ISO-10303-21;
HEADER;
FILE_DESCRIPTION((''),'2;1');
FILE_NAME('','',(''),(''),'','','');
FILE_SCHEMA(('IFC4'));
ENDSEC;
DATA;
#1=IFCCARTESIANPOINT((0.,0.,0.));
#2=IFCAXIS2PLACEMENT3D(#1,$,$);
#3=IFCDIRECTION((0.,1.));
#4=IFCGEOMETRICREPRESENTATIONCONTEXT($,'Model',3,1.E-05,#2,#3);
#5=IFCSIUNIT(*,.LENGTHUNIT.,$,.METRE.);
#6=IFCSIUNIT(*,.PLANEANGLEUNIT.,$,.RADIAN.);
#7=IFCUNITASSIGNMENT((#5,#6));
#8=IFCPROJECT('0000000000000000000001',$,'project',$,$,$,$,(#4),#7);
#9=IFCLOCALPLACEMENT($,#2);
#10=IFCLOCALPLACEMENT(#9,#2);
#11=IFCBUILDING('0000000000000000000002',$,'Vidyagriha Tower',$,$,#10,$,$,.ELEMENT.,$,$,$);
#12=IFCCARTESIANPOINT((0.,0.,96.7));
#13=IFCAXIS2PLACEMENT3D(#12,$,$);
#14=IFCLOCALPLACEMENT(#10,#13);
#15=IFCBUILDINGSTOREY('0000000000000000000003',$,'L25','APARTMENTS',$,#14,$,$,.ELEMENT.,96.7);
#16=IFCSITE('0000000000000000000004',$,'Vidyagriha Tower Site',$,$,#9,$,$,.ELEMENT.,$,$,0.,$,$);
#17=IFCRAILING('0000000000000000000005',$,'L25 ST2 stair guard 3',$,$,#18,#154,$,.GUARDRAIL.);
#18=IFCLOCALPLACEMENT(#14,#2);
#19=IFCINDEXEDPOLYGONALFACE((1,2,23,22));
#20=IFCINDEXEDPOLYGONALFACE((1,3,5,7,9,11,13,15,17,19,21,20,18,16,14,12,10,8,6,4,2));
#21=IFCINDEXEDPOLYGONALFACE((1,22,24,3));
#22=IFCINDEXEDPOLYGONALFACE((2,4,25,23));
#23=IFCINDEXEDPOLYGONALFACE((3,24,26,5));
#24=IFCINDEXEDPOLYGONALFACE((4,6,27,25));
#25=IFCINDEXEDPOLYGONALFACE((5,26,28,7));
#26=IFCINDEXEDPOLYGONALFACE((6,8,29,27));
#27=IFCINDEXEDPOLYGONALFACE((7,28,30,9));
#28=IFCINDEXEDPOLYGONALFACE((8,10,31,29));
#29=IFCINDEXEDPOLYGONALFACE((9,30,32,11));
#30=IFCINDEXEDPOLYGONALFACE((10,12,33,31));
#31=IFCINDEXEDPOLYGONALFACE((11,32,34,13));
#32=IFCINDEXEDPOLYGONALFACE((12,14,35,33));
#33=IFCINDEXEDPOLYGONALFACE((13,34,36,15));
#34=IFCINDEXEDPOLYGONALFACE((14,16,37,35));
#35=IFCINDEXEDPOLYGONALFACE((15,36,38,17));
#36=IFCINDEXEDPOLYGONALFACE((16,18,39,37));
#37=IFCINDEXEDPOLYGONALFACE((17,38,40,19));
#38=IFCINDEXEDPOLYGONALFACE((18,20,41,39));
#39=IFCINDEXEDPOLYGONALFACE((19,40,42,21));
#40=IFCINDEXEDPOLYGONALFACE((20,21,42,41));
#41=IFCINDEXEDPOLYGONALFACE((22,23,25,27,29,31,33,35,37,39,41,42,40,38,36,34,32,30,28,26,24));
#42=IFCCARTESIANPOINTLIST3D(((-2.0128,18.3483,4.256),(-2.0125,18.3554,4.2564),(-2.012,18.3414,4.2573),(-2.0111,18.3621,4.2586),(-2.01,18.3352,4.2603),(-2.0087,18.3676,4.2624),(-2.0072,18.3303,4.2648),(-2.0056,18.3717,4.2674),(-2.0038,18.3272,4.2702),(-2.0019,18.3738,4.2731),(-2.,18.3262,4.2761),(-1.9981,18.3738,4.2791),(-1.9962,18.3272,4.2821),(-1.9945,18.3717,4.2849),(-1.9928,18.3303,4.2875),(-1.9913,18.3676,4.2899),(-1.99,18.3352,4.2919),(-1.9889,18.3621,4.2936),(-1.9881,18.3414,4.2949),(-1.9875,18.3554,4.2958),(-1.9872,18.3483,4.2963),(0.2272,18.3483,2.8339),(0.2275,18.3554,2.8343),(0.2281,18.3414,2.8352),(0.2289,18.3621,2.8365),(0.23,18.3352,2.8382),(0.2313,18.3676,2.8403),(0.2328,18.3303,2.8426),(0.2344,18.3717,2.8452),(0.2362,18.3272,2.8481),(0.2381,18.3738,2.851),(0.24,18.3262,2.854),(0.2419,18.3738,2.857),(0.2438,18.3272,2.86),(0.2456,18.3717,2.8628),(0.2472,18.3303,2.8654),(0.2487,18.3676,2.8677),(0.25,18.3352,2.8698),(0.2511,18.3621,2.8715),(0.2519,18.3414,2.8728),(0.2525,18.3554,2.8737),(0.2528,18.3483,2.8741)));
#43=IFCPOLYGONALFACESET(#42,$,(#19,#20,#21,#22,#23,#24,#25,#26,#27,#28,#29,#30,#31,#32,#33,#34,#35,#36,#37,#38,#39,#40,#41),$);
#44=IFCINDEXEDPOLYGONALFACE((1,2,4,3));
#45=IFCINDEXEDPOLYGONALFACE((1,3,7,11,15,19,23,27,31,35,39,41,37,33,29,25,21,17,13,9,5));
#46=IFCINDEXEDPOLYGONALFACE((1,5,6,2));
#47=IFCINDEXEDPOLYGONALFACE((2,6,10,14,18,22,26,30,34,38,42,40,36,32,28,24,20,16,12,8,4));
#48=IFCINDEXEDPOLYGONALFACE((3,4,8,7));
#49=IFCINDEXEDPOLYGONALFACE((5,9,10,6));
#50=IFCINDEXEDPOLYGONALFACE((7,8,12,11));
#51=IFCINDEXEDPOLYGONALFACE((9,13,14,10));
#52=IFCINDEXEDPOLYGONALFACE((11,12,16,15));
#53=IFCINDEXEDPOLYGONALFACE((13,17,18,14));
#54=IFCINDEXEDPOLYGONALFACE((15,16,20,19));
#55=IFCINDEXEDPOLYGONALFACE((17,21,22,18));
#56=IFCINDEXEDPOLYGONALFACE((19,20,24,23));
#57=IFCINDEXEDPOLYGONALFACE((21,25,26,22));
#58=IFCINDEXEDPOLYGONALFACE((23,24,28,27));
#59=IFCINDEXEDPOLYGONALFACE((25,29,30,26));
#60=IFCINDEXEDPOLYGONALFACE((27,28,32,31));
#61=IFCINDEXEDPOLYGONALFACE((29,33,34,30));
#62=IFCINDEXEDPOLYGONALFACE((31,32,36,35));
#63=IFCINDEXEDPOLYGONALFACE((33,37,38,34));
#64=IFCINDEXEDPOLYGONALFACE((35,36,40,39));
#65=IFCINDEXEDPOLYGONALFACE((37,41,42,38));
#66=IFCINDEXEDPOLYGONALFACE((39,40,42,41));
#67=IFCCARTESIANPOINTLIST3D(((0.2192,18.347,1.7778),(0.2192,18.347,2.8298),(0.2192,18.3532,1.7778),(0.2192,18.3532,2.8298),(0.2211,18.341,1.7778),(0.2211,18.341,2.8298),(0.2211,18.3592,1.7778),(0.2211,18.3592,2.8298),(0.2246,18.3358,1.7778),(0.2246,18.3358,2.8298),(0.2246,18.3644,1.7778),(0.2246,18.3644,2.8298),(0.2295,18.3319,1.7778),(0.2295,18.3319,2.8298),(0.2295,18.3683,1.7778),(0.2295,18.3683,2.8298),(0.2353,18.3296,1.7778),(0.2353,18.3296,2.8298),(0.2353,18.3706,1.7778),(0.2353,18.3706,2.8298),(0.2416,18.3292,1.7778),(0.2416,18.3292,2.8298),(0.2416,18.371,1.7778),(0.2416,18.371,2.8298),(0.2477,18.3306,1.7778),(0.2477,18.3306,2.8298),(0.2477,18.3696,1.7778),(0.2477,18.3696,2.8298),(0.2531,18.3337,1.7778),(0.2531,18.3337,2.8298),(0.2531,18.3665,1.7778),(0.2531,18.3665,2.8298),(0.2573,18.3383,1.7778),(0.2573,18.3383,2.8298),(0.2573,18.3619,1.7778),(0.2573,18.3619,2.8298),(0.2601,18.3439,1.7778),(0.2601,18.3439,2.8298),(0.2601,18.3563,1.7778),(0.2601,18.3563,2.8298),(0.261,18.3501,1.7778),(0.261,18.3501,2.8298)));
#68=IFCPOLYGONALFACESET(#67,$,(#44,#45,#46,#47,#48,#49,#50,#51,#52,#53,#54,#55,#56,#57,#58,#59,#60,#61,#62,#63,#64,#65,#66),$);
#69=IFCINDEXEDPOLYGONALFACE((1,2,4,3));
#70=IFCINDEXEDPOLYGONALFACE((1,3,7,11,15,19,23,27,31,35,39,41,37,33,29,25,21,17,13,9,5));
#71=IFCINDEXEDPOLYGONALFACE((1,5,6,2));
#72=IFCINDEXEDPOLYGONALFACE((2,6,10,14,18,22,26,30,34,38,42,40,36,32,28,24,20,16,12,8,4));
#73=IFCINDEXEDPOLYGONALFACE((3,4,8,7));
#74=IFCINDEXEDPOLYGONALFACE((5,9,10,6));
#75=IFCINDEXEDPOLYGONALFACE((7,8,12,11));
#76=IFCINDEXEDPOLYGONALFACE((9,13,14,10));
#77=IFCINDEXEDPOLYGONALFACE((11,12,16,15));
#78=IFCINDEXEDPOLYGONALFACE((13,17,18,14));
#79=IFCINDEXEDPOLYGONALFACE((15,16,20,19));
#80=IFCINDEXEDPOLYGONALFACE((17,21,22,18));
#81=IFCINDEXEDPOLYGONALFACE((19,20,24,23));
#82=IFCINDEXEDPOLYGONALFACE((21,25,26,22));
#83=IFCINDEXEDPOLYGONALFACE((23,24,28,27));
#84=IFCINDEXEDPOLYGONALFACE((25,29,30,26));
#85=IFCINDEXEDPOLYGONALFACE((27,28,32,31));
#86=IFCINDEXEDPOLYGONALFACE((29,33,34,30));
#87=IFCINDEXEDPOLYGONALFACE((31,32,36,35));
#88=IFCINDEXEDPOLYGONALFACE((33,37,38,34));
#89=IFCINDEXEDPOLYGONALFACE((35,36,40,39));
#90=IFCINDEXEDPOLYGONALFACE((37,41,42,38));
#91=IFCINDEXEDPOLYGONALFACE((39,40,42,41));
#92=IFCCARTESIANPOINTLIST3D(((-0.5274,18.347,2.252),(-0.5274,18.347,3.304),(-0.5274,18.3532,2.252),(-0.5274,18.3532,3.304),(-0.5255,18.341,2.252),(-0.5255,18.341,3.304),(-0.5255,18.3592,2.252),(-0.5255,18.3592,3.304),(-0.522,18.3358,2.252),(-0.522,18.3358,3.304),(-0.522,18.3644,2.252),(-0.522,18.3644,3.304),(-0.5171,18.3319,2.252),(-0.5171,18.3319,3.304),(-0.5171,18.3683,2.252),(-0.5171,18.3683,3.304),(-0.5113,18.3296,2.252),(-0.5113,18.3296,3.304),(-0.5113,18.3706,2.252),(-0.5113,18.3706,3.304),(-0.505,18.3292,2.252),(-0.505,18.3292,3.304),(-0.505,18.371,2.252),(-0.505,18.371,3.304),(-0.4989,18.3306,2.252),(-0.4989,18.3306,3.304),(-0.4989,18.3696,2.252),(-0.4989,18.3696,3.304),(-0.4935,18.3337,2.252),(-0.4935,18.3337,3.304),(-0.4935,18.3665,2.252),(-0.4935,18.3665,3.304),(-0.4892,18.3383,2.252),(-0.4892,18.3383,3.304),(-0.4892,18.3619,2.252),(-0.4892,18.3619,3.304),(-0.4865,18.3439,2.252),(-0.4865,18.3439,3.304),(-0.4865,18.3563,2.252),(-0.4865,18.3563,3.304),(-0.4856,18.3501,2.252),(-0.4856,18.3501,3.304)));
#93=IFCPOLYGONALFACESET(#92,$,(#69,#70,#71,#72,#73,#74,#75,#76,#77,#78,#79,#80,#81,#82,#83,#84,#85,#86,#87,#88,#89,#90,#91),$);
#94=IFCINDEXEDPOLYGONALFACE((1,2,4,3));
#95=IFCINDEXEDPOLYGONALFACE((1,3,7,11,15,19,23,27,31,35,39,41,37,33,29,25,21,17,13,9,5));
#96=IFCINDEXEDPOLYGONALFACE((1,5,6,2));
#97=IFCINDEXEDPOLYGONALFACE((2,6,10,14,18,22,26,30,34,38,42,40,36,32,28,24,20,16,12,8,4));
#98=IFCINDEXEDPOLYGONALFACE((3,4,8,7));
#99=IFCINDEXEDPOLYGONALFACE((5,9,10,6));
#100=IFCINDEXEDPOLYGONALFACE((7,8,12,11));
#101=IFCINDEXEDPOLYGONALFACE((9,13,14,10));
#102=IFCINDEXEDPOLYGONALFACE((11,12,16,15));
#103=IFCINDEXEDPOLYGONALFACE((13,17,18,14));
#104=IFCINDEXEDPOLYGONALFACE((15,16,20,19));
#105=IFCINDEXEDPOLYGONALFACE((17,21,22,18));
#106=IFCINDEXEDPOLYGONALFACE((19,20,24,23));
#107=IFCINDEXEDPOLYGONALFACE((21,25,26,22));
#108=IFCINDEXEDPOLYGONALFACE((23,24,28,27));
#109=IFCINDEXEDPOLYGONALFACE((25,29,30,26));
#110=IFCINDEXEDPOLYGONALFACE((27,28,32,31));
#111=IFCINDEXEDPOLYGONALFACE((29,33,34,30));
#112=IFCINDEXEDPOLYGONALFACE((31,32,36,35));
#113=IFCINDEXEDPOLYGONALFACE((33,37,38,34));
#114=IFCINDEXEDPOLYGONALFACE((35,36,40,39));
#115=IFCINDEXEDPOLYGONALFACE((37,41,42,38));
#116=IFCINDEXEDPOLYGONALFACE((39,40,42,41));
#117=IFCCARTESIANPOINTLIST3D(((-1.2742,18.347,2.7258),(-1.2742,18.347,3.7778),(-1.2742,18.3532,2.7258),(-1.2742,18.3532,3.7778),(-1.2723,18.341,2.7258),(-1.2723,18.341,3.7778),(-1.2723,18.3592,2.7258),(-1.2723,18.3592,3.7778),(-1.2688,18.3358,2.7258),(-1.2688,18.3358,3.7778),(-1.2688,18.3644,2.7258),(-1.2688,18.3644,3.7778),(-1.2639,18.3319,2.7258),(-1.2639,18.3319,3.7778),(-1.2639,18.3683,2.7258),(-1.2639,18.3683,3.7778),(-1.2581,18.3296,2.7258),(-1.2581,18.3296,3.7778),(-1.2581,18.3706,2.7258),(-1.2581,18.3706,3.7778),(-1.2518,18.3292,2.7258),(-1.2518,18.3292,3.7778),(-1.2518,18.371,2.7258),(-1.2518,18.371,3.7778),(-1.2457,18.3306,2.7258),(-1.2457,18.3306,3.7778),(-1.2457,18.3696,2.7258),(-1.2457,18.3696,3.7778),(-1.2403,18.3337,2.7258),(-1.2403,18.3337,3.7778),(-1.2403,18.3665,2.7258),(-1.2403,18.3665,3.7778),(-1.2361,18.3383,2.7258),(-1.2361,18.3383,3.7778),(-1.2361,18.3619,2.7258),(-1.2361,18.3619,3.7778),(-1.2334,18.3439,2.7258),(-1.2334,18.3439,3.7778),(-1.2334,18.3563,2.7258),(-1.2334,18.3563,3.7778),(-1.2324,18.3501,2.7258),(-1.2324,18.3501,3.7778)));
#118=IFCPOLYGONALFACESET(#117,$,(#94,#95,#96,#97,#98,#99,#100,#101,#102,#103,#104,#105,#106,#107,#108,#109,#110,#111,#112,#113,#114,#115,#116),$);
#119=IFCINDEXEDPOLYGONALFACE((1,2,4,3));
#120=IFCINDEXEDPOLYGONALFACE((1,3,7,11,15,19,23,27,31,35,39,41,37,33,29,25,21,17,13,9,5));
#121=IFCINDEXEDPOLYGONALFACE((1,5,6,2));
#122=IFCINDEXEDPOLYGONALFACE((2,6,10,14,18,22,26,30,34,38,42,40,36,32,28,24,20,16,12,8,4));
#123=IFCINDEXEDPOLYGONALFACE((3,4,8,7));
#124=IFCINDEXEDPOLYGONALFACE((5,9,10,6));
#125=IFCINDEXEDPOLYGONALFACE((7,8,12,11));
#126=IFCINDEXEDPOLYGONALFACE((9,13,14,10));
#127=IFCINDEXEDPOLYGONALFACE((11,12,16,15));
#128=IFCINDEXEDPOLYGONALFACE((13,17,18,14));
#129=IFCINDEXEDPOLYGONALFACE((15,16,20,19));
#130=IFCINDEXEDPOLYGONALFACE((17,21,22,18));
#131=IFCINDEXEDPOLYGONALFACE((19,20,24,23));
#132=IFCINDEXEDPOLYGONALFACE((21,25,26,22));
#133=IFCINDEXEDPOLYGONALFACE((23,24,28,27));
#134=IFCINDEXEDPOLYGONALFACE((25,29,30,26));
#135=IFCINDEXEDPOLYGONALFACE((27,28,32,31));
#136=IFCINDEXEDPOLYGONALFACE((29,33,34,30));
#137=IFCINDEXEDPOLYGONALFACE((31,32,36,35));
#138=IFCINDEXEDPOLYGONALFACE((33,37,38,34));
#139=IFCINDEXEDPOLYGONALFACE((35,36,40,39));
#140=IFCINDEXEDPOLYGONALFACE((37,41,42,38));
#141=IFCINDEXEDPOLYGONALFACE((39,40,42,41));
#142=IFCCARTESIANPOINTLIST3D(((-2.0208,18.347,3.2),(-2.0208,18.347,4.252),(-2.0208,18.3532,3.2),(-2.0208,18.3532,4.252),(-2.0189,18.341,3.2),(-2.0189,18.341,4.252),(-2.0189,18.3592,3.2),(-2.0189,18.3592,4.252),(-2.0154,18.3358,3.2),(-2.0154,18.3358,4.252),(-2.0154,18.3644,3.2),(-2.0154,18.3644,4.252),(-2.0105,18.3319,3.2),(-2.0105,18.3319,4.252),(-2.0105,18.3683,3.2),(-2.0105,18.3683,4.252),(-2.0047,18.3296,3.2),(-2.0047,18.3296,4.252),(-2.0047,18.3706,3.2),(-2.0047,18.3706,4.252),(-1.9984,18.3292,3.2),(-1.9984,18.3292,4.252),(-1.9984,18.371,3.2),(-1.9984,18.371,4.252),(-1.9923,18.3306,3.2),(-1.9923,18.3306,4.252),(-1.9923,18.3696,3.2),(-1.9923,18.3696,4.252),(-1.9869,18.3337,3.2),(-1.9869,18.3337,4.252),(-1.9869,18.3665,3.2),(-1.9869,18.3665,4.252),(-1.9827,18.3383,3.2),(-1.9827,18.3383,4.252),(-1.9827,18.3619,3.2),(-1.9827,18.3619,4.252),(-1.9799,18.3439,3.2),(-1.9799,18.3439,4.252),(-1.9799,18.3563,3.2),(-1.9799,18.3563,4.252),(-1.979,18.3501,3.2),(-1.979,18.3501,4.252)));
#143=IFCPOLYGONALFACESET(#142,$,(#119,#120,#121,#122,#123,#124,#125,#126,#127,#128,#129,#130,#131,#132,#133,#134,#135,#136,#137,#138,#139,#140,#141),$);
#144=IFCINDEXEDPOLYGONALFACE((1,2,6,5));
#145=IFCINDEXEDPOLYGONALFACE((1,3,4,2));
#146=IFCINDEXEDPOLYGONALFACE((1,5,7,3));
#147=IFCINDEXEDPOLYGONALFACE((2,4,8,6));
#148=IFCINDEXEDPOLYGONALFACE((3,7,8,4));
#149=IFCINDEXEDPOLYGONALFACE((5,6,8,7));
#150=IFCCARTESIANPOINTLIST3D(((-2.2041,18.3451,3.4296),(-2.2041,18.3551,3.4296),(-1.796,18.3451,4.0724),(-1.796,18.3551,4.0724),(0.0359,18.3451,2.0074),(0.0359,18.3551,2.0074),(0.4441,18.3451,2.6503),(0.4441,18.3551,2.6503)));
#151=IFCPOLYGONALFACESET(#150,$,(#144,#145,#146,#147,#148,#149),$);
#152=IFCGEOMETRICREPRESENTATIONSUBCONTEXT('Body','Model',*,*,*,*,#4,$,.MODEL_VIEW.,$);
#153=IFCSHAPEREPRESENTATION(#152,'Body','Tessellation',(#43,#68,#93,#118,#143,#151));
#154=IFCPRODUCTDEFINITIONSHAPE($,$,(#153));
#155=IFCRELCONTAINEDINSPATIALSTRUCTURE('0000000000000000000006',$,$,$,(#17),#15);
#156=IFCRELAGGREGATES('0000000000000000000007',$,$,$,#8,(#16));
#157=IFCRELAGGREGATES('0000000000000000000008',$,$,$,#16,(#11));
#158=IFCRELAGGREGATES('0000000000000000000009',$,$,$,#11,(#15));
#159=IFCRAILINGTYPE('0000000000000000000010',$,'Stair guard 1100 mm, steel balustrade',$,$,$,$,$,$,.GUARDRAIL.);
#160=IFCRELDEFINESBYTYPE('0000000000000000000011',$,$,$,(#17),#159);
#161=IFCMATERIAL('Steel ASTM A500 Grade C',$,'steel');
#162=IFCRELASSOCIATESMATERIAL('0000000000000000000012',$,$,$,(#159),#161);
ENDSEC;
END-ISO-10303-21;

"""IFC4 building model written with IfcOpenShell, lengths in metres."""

from ifc_helpers import new_model, si_unit, direction, frame, origin, origin_2d, place, context, subcontext, project, spatial, rectangle, circle, extrude, material, type_object, element, save


model = new_model("IFC4")

# Units and contexts
model_context = context("Model", 3, precision=1e-05, world=origin(), true_north=direction((0.0, 1.0)))
body_context = subcontext(model_context, "Body", "Model", "MODEL_VIEW")
ifc_project = project(units=[si_unit("LENGTHUNIT", "METRE"), si_unit("PLANEANGLEUNIT", "RADIAN")], contexts=[model_context])

# Site, building, storey
site_placement = place(None, origin())
site = spatial("IfcSite", under=ifc_project, at=site_placement, Name="Vidyagriha Tower Site", CompositionType="ELEMENT", RefElevation=0.0)
building_placement = place(site_placement, origin())
building = spatial("IfcBuilding", under=site, at=building_placement, Name="Vidyagriha Tower", CompositionType="ELEMENT")
storey_placement = place(building_placement, frame((0.0, 0.0, 96.7)))
storey = spatial("IfcBuildingStorey", under=building, at=storey_placement, Name="L25", Description="APARTMENTS", CompositionType="ELEMENT", Elevation=96.7)

# Railing
ifc_material_1 = material(Name="Steel ASTM A500 Grade C", Category="steel")
railing_type_1 = type_object("IfcRailingType", Name="Stair guard 1100 mm, steel balustrade", PredefinedType="GUARDRAIL", material=ifc_material_1)
railing_1_placement = place(storey_placement, frame((0.24, 18.3501, 1.7778)))
element("IfcRailing", 1, at=railing_1_placement, inside=storey, type_object=railing_type_1, Name="L25 ST2 stair guard 3", PredefinedType="GUARDRAIL", context=body_context, shape_type="SweptSolid", body=[
    extrude(circle(Radius=0.0239, at=origin_2d()), frame((0.0, 0.0, 1.0762), z_axis=(-0.844229, 0.0, 0.535982), x_axis=(0.0, -1.0, 0.0)), (0.0, 0.0, 1.0), 2.6533),
    extrude(circle(Radius=0.021, at=origin_2d()), origin(), (0.0, 0.0, 1.0), 1.052),
    extrude(circle(Radius=0.021, at=origin_2d()), frame((-0.7466, 0.0, 0.4741)), (0.0, 0.0, 1.0), 1.052),
    extrude(circle(Radius=0.021, at=origin_2d()), frame((-1.4934, 0.0, 0.948)), (0.0, 0.0, 1.0), 1.052),
    extrude(circle(Radius=0.021, at=origin_2d()), frame((-2.24, 0.0, 1.4221)), (0.0, 0.0, 1.0), 1.052),
    extrude(rectangle(XDim=0.01, YDim=0.7615, at=origin_2d()), frame((0.0, 0.0, 0.551), z_axis=(-0.844229, 0.0, 0.535982), x_axis=(0.0, -1.0, 0.0)), (0.0, 0.0, 1.0), 2.6533),
])

save(model, "model.ifc")
